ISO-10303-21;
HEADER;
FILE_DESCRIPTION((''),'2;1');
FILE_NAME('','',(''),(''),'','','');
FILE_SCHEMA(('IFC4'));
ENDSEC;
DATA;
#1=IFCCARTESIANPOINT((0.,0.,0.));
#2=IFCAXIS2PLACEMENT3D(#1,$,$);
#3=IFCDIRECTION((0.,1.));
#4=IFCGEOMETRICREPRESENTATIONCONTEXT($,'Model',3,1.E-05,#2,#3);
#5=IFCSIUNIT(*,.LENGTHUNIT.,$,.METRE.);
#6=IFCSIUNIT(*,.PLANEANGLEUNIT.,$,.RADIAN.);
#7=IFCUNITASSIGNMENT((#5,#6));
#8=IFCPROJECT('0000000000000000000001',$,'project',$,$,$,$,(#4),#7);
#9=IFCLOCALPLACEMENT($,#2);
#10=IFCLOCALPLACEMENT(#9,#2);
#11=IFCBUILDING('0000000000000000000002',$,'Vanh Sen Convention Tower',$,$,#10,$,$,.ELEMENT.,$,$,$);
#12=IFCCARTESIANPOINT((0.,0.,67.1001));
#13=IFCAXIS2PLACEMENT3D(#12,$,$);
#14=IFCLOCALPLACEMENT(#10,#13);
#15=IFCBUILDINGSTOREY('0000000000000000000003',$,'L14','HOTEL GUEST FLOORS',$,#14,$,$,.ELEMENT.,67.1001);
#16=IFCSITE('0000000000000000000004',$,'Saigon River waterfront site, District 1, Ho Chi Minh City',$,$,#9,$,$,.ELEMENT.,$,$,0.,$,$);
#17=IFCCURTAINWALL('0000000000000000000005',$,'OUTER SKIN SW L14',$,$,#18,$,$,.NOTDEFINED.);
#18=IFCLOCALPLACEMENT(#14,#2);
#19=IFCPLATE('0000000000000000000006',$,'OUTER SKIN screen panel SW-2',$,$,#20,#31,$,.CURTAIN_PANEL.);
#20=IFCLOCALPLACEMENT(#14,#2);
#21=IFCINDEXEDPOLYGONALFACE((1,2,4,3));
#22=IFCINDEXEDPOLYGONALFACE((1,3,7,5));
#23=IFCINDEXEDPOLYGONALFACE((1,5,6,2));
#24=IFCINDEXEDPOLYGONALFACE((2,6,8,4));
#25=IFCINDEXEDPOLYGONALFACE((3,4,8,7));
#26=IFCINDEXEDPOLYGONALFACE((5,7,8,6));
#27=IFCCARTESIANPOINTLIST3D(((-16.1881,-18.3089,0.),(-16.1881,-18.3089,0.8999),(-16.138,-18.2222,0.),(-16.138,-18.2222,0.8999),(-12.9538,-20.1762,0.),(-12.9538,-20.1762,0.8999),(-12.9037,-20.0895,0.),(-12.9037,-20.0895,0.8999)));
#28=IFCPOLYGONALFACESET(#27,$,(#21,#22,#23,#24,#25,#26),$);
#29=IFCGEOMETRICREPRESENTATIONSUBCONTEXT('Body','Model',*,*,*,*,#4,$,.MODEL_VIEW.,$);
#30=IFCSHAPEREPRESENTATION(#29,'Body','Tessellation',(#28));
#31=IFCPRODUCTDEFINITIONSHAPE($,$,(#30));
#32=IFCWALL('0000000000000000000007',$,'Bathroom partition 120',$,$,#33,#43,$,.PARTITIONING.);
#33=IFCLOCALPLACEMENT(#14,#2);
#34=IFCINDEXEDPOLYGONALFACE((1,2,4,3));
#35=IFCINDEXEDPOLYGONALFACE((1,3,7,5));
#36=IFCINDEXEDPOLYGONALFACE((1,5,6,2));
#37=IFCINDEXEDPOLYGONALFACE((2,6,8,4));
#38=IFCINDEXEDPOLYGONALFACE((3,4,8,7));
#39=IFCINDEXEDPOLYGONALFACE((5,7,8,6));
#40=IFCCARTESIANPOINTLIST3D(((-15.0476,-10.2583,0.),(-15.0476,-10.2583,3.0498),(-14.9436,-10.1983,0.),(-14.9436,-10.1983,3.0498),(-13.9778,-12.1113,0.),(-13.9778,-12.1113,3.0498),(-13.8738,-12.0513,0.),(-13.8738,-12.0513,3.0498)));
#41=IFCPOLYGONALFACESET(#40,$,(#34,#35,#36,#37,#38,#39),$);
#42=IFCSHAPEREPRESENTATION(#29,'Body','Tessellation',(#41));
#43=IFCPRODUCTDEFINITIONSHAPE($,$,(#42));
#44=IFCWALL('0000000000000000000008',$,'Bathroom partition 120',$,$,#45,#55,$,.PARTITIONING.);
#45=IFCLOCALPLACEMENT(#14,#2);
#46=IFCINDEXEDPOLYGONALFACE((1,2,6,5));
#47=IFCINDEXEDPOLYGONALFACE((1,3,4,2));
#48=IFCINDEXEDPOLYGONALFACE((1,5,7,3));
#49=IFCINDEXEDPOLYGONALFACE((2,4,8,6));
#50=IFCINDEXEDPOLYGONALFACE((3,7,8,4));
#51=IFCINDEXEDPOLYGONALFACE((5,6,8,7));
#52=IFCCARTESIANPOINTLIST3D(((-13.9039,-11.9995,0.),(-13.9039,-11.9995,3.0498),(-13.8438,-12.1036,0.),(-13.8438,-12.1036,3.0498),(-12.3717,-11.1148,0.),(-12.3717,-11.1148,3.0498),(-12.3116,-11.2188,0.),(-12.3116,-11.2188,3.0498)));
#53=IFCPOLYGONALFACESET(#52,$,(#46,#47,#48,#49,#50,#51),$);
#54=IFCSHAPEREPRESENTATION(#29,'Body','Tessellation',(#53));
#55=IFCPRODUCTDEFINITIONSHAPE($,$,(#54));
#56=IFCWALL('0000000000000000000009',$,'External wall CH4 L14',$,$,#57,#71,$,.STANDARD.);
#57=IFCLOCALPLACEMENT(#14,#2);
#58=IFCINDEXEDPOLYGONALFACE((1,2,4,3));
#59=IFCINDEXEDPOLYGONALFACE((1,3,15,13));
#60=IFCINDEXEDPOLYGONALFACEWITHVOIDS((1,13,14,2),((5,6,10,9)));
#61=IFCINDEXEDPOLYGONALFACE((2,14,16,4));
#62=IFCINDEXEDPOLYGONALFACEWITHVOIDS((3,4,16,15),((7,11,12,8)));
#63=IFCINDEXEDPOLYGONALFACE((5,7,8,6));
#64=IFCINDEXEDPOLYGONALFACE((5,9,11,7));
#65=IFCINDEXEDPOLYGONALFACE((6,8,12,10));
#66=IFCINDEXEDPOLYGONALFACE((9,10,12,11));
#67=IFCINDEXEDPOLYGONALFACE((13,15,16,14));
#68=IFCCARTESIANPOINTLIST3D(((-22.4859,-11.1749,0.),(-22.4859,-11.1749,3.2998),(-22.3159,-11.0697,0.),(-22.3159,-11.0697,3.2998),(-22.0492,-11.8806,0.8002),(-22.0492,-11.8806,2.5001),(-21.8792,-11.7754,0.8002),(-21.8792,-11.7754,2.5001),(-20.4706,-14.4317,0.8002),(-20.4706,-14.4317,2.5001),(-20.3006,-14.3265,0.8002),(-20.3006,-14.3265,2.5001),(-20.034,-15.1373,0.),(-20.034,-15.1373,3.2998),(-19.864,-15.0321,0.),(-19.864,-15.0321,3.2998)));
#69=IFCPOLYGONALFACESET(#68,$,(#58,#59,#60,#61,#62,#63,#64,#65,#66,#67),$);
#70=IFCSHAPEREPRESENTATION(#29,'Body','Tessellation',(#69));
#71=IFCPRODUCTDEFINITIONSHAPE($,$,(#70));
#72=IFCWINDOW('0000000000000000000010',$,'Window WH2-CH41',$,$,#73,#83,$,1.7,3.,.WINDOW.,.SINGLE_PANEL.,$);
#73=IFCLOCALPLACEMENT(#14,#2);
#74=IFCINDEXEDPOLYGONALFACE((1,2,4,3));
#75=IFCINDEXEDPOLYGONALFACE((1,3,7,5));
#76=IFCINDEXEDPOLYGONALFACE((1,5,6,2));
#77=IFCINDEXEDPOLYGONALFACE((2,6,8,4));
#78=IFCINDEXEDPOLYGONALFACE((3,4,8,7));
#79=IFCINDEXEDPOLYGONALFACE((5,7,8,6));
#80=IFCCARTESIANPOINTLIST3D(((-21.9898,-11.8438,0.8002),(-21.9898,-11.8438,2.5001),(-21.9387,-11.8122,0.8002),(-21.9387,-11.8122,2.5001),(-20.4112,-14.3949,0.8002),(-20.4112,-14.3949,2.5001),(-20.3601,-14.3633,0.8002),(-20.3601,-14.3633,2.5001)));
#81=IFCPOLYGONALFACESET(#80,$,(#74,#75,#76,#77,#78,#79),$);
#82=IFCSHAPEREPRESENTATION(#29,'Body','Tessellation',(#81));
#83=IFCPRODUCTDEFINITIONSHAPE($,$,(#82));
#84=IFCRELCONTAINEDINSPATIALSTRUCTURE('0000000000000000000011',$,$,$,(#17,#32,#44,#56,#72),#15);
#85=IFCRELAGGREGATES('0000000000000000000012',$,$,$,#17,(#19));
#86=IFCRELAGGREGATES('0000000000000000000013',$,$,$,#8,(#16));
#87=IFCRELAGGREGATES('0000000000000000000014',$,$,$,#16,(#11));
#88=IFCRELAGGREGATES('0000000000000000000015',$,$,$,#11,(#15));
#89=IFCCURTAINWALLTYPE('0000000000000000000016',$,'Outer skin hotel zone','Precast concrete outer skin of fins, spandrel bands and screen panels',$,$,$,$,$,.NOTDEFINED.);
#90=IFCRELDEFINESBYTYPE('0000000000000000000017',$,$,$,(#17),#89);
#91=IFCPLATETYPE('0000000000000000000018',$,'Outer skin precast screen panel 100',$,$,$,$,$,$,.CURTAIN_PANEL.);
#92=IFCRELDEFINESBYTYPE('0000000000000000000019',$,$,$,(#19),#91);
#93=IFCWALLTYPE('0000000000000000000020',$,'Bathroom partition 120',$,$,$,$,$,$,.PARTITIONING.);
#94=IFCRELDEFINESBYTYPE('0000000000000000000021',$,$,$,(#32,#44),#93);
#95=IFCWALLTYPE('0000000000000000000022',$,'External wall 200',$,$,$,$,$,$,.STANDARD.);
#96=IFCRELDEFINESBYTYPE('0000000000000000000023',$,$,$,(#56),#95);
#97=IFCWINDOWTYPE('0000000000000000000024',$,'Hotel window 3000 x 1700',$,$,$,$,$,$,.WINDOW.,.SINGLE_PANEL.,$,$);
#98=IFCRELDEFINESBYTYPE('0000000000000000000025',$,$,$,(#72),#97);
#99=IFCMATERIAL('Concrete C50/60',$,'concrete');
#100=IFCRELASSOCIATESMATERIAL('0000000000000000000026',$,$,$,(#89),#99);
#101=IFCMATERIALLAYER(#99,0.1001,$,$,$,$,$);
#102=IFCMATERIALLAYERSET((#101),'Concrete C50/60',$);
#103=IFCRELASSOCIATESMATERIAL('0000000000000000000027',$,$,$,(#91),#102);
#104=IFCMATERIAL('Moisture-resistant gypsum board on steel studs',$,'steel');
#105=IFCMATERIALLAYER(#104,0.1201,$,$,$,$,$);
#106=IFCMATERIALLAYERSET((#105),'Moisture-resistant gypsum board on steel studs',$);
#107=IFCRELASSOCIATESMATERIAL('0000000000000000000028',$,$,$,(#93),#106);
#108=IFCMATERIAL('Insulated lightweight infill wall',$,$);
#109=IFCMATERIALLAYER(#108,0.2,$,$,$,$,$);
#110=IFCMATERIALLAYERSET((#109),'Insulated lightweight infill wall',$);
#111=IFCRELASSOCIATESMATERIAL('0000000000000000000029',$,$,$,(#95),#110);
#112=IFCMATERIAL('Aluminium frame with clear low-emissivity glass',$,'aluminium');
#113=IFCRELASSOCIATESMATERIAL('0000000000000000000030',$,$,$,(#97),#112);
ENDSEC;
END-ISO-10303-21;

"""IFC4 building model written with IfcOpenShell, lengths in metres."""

from ifc_helpers import new_model, si_unit, direction, frame, frame_2d, origin, origin_2d, place, context, subcontext, project, spatial, rectangle, extrude, material, layer, layer_set, type_object, element, fill, aggregate, save


model = new_model("IFC4")

# Units and contexts
model_context = context("Model", 3, precision=1e-05, world=origin(), true_north=direction((0.0, 1.0)))
body_context = subcontext(model_context, "Body", "Model", "MODEL_VIEW")
ifc_project = project(units=[si_unit("LENGTHUNIT", "METRE"), si_unit("PLANEANGLEUNIT", "RADIAN")], contexts=[model_context])

# Site, building, storey
site_placement = place(None, origin())
site = spatial("IfcSite", under=ifc_project, at=site_placement, Name="Saigon River waterfront site, District 1, Ho Chi Minh City", CompositionType="ELEMENT", RefElevation=0.0)
building_placement = place(site_placement, origin())
building = spatial("IfcBuilding", under=site, at=building_placement, Name="Vanh Sen Convention Tower", CompositionType="ELEMENT")
storey_placement = place(building_placement, frame((0.0, 0.0, 67.1001)))
storey = spatial("IfcBuildingStorey", under=building, at=storey_placement, Name="L14", Description="HOTEL GUEST FLOORS", CompositionType="ELEMENT", Elevation=67.1001)

# Curtain wall
ifc_material_1 = material(Name="Concrete C50/60", Category="concrete")
curtain_wall_type = type_object("IfcCurtainWallType", Name="Outer skin hotel zone", Description="Precast concrete outer skin of fins, spandrel bands and screen panels", PredefinedType="NOTDEFINED", material=ifc_material_1)
curtain_wall_1_placement = place(storey_placement, origin())
curtain_wall_1 = element("IfcCurtainWall", 1, at=curtain_wall_1_placement, inside=storey, type_object=curtain_wall_type, Name="OUTER SKIN SW L14", PredefinedType="NOTDEFINED")

# Shared definitions
ifc_layer_1 = layer(ifc_material_1, 0.1001)
ifc_layer_set_1 = layer_set([ifc_layer_1], Name="Concrete C50/60")
plate_type = type_object("IfcPlateType", Name="Outer skin precast screen panel 100", PredefinedType="CURTAIN_PANEL", material=ifc_layer_set_1)

# Plate
plate_1_placement = place(storey_placement, frame((-14.5459, -19.1992, 0.0), z_axis=(0.0, 0.0, 1.0), x_axis=(0.866032, -0.499988, 0.0)))
plate_1 = element("IfcPlate", 2, at=plate_1_placement, type_object=plate_type, Name="OUTER SKIN screen panel SW-2", PredefinedType="CURTAIN_PANEL", context=body_context, shape_type="SweptSolid", body=[
    extrude(rectangle(XDim=3.7346, YDim=0.1001, at=origin_2d()), origin(), (0.0, 0.0, 1.0), 0.8999),
])
aggregate(curtain_wall_1, [plate_1])

# Walls
ifc_material_2 = material(Name="Moisture-resistant gypsum board on steel studs", Category="steel")
ifc_layer_2 = layer(ifc_material_2, 0.1201)
ifc_layer_set_2 = layer_set([ifc_layer_2], Name="Moisture-resistant gypsum board on steel studs")
wall_type_1 = type_object("IfcWallType", Name="Bathroom partition 120", PredefinedType="PARTITIONING", material=ifc_layer_set_2)
wall_1_placement = place(storey_placement, frame((-13.9258, -12.0813, 0.0), z_axis=(0.0, 0.0, 1.0), x_axis=(-0.499992, 0.86603, 0.0)))
element("IfcWall", 3, at=wall_1_placement, inside=storey, type_object=wall_type_1, Name="Bathroom partition 120", PredefinedType="PARTITIONING", context=body_context, shape_type="SweptSolid", body=[
    extrude(rectangle(XDim=2.1396, YDim=0.1201, at=frame_2d((1.0698, 0.0))), origin(), (0.0, 0.0, 1.0), 3.0498),
])
wall_2_placement = place(storey_placement, frame((-12.3416, -11.1667, 0.0), z_axis=(0.0, 0.0, 1.0), x_axis=(-0.865993, -0.500057, 0.0)))
element("IfcWall", 4, at=wall_2_placement, inside=storey, type_object=wall_type_1, Name="Bathroom partition 120", PredefinedType="PARTITIONING", context=body_context, shape_type="SweptSolid", body=[
    extrude(rectangle(XDim=1.7693, YDim=0.1201, at=frame_2d((0.8848, 0.0))), origin(), (0.0, 0.0, 1.0), 3.0498),
])

# Wall, opening, window
ifc_material_3 = material(Name="Insulated lightweight infill wall")
ifc_layer_3 = layer(ifc_material_3, 0.2)
ifc_layer_set_3 = layer_set([ifc_layer_3], Name="Insulated lightweight infill wall")
wall_type_2 = type_object("IfcWallType", Name="External wall 200", PredefinedType="STANDARD", material=ifc_layer_set_3)
wall_3_placement = place(storey_placement, frame((-22.4009, -11.1223, 0.0), z_axis=(0.0, 0.0, 1.0), x_axis=(0.526198, -0.850362, 0.0)))
wall_3 = element("IfcWall", 5, at=wall_3_placement, inside=storey, type_object=wall_type_2, Name="External wall CH4 L14", PredefinedType="STANDARD", context=body_context, shape_type="SweptSolid", body=[
    extrude(rectangle(XDim=4.6597, YDim=0.2, at=frame_2d((2.3298, 0.0))), origin(), (0.0, 0.0, 1.0), 3.2998),
])
opening_1_placement = place(wall_3_placement, frame((0.8298, 0.0, 0.8)))
opening_1 = element("IfcOpeningElement", 6, at=opening_1_placement, cuts=wall_3, PredefinedType="OPENING", context=body_context, shape_type="SweptSolid", body=[
    extrude(rectangle(XDim=3.0, YDim=1.7, at=frame_2d((1.5, 0.8501))), frame((0.0, 0.1099, 0.0), z_axis=(0.0, -1.0, 0.0), x_axis=(1.0, 0.0, 0.0)), (0.0, 0.0, 1.0), 0.22),
])
ifc_material_4 = material(Name="Aluminium frame with clear low-emissivity glass", Category="aluminium")
window_type_1 = type_object("IfcWindowType", Name="Hotel window 3000 x 1700", PartitioningType="SINGLE_PANEL", PredefinedType="WINDOW", material=ifc_material_4)
window_1_placement = place(opening_1_placement, origin())
window_1 = element("IfcWindow", 7, at=window_1_placement, inside=storey, type_object=window_type_1, Name="Window WH2-CH41", OverallHeight=1.7, OverallWidth=3.0, PartitioningType="SINGLE_PANEL", PredefinedType="WINDOW", context=body_context, shape_type="SweptSolid", body=[
    extrude(rectangle(XDim=3.0, YDim=1.7, at=frame_2d((1.5, 0.8501))), frame((0.0, 0.03, 0.0), z_axis=(0.0, -1.0, 0.0), x_axis=(1.0, 0.0, 0.0)), (0.0, 0.0, 1.0), 0.0601),
])
fill(opening_1, window_1)

save(model, "model.ifc")
